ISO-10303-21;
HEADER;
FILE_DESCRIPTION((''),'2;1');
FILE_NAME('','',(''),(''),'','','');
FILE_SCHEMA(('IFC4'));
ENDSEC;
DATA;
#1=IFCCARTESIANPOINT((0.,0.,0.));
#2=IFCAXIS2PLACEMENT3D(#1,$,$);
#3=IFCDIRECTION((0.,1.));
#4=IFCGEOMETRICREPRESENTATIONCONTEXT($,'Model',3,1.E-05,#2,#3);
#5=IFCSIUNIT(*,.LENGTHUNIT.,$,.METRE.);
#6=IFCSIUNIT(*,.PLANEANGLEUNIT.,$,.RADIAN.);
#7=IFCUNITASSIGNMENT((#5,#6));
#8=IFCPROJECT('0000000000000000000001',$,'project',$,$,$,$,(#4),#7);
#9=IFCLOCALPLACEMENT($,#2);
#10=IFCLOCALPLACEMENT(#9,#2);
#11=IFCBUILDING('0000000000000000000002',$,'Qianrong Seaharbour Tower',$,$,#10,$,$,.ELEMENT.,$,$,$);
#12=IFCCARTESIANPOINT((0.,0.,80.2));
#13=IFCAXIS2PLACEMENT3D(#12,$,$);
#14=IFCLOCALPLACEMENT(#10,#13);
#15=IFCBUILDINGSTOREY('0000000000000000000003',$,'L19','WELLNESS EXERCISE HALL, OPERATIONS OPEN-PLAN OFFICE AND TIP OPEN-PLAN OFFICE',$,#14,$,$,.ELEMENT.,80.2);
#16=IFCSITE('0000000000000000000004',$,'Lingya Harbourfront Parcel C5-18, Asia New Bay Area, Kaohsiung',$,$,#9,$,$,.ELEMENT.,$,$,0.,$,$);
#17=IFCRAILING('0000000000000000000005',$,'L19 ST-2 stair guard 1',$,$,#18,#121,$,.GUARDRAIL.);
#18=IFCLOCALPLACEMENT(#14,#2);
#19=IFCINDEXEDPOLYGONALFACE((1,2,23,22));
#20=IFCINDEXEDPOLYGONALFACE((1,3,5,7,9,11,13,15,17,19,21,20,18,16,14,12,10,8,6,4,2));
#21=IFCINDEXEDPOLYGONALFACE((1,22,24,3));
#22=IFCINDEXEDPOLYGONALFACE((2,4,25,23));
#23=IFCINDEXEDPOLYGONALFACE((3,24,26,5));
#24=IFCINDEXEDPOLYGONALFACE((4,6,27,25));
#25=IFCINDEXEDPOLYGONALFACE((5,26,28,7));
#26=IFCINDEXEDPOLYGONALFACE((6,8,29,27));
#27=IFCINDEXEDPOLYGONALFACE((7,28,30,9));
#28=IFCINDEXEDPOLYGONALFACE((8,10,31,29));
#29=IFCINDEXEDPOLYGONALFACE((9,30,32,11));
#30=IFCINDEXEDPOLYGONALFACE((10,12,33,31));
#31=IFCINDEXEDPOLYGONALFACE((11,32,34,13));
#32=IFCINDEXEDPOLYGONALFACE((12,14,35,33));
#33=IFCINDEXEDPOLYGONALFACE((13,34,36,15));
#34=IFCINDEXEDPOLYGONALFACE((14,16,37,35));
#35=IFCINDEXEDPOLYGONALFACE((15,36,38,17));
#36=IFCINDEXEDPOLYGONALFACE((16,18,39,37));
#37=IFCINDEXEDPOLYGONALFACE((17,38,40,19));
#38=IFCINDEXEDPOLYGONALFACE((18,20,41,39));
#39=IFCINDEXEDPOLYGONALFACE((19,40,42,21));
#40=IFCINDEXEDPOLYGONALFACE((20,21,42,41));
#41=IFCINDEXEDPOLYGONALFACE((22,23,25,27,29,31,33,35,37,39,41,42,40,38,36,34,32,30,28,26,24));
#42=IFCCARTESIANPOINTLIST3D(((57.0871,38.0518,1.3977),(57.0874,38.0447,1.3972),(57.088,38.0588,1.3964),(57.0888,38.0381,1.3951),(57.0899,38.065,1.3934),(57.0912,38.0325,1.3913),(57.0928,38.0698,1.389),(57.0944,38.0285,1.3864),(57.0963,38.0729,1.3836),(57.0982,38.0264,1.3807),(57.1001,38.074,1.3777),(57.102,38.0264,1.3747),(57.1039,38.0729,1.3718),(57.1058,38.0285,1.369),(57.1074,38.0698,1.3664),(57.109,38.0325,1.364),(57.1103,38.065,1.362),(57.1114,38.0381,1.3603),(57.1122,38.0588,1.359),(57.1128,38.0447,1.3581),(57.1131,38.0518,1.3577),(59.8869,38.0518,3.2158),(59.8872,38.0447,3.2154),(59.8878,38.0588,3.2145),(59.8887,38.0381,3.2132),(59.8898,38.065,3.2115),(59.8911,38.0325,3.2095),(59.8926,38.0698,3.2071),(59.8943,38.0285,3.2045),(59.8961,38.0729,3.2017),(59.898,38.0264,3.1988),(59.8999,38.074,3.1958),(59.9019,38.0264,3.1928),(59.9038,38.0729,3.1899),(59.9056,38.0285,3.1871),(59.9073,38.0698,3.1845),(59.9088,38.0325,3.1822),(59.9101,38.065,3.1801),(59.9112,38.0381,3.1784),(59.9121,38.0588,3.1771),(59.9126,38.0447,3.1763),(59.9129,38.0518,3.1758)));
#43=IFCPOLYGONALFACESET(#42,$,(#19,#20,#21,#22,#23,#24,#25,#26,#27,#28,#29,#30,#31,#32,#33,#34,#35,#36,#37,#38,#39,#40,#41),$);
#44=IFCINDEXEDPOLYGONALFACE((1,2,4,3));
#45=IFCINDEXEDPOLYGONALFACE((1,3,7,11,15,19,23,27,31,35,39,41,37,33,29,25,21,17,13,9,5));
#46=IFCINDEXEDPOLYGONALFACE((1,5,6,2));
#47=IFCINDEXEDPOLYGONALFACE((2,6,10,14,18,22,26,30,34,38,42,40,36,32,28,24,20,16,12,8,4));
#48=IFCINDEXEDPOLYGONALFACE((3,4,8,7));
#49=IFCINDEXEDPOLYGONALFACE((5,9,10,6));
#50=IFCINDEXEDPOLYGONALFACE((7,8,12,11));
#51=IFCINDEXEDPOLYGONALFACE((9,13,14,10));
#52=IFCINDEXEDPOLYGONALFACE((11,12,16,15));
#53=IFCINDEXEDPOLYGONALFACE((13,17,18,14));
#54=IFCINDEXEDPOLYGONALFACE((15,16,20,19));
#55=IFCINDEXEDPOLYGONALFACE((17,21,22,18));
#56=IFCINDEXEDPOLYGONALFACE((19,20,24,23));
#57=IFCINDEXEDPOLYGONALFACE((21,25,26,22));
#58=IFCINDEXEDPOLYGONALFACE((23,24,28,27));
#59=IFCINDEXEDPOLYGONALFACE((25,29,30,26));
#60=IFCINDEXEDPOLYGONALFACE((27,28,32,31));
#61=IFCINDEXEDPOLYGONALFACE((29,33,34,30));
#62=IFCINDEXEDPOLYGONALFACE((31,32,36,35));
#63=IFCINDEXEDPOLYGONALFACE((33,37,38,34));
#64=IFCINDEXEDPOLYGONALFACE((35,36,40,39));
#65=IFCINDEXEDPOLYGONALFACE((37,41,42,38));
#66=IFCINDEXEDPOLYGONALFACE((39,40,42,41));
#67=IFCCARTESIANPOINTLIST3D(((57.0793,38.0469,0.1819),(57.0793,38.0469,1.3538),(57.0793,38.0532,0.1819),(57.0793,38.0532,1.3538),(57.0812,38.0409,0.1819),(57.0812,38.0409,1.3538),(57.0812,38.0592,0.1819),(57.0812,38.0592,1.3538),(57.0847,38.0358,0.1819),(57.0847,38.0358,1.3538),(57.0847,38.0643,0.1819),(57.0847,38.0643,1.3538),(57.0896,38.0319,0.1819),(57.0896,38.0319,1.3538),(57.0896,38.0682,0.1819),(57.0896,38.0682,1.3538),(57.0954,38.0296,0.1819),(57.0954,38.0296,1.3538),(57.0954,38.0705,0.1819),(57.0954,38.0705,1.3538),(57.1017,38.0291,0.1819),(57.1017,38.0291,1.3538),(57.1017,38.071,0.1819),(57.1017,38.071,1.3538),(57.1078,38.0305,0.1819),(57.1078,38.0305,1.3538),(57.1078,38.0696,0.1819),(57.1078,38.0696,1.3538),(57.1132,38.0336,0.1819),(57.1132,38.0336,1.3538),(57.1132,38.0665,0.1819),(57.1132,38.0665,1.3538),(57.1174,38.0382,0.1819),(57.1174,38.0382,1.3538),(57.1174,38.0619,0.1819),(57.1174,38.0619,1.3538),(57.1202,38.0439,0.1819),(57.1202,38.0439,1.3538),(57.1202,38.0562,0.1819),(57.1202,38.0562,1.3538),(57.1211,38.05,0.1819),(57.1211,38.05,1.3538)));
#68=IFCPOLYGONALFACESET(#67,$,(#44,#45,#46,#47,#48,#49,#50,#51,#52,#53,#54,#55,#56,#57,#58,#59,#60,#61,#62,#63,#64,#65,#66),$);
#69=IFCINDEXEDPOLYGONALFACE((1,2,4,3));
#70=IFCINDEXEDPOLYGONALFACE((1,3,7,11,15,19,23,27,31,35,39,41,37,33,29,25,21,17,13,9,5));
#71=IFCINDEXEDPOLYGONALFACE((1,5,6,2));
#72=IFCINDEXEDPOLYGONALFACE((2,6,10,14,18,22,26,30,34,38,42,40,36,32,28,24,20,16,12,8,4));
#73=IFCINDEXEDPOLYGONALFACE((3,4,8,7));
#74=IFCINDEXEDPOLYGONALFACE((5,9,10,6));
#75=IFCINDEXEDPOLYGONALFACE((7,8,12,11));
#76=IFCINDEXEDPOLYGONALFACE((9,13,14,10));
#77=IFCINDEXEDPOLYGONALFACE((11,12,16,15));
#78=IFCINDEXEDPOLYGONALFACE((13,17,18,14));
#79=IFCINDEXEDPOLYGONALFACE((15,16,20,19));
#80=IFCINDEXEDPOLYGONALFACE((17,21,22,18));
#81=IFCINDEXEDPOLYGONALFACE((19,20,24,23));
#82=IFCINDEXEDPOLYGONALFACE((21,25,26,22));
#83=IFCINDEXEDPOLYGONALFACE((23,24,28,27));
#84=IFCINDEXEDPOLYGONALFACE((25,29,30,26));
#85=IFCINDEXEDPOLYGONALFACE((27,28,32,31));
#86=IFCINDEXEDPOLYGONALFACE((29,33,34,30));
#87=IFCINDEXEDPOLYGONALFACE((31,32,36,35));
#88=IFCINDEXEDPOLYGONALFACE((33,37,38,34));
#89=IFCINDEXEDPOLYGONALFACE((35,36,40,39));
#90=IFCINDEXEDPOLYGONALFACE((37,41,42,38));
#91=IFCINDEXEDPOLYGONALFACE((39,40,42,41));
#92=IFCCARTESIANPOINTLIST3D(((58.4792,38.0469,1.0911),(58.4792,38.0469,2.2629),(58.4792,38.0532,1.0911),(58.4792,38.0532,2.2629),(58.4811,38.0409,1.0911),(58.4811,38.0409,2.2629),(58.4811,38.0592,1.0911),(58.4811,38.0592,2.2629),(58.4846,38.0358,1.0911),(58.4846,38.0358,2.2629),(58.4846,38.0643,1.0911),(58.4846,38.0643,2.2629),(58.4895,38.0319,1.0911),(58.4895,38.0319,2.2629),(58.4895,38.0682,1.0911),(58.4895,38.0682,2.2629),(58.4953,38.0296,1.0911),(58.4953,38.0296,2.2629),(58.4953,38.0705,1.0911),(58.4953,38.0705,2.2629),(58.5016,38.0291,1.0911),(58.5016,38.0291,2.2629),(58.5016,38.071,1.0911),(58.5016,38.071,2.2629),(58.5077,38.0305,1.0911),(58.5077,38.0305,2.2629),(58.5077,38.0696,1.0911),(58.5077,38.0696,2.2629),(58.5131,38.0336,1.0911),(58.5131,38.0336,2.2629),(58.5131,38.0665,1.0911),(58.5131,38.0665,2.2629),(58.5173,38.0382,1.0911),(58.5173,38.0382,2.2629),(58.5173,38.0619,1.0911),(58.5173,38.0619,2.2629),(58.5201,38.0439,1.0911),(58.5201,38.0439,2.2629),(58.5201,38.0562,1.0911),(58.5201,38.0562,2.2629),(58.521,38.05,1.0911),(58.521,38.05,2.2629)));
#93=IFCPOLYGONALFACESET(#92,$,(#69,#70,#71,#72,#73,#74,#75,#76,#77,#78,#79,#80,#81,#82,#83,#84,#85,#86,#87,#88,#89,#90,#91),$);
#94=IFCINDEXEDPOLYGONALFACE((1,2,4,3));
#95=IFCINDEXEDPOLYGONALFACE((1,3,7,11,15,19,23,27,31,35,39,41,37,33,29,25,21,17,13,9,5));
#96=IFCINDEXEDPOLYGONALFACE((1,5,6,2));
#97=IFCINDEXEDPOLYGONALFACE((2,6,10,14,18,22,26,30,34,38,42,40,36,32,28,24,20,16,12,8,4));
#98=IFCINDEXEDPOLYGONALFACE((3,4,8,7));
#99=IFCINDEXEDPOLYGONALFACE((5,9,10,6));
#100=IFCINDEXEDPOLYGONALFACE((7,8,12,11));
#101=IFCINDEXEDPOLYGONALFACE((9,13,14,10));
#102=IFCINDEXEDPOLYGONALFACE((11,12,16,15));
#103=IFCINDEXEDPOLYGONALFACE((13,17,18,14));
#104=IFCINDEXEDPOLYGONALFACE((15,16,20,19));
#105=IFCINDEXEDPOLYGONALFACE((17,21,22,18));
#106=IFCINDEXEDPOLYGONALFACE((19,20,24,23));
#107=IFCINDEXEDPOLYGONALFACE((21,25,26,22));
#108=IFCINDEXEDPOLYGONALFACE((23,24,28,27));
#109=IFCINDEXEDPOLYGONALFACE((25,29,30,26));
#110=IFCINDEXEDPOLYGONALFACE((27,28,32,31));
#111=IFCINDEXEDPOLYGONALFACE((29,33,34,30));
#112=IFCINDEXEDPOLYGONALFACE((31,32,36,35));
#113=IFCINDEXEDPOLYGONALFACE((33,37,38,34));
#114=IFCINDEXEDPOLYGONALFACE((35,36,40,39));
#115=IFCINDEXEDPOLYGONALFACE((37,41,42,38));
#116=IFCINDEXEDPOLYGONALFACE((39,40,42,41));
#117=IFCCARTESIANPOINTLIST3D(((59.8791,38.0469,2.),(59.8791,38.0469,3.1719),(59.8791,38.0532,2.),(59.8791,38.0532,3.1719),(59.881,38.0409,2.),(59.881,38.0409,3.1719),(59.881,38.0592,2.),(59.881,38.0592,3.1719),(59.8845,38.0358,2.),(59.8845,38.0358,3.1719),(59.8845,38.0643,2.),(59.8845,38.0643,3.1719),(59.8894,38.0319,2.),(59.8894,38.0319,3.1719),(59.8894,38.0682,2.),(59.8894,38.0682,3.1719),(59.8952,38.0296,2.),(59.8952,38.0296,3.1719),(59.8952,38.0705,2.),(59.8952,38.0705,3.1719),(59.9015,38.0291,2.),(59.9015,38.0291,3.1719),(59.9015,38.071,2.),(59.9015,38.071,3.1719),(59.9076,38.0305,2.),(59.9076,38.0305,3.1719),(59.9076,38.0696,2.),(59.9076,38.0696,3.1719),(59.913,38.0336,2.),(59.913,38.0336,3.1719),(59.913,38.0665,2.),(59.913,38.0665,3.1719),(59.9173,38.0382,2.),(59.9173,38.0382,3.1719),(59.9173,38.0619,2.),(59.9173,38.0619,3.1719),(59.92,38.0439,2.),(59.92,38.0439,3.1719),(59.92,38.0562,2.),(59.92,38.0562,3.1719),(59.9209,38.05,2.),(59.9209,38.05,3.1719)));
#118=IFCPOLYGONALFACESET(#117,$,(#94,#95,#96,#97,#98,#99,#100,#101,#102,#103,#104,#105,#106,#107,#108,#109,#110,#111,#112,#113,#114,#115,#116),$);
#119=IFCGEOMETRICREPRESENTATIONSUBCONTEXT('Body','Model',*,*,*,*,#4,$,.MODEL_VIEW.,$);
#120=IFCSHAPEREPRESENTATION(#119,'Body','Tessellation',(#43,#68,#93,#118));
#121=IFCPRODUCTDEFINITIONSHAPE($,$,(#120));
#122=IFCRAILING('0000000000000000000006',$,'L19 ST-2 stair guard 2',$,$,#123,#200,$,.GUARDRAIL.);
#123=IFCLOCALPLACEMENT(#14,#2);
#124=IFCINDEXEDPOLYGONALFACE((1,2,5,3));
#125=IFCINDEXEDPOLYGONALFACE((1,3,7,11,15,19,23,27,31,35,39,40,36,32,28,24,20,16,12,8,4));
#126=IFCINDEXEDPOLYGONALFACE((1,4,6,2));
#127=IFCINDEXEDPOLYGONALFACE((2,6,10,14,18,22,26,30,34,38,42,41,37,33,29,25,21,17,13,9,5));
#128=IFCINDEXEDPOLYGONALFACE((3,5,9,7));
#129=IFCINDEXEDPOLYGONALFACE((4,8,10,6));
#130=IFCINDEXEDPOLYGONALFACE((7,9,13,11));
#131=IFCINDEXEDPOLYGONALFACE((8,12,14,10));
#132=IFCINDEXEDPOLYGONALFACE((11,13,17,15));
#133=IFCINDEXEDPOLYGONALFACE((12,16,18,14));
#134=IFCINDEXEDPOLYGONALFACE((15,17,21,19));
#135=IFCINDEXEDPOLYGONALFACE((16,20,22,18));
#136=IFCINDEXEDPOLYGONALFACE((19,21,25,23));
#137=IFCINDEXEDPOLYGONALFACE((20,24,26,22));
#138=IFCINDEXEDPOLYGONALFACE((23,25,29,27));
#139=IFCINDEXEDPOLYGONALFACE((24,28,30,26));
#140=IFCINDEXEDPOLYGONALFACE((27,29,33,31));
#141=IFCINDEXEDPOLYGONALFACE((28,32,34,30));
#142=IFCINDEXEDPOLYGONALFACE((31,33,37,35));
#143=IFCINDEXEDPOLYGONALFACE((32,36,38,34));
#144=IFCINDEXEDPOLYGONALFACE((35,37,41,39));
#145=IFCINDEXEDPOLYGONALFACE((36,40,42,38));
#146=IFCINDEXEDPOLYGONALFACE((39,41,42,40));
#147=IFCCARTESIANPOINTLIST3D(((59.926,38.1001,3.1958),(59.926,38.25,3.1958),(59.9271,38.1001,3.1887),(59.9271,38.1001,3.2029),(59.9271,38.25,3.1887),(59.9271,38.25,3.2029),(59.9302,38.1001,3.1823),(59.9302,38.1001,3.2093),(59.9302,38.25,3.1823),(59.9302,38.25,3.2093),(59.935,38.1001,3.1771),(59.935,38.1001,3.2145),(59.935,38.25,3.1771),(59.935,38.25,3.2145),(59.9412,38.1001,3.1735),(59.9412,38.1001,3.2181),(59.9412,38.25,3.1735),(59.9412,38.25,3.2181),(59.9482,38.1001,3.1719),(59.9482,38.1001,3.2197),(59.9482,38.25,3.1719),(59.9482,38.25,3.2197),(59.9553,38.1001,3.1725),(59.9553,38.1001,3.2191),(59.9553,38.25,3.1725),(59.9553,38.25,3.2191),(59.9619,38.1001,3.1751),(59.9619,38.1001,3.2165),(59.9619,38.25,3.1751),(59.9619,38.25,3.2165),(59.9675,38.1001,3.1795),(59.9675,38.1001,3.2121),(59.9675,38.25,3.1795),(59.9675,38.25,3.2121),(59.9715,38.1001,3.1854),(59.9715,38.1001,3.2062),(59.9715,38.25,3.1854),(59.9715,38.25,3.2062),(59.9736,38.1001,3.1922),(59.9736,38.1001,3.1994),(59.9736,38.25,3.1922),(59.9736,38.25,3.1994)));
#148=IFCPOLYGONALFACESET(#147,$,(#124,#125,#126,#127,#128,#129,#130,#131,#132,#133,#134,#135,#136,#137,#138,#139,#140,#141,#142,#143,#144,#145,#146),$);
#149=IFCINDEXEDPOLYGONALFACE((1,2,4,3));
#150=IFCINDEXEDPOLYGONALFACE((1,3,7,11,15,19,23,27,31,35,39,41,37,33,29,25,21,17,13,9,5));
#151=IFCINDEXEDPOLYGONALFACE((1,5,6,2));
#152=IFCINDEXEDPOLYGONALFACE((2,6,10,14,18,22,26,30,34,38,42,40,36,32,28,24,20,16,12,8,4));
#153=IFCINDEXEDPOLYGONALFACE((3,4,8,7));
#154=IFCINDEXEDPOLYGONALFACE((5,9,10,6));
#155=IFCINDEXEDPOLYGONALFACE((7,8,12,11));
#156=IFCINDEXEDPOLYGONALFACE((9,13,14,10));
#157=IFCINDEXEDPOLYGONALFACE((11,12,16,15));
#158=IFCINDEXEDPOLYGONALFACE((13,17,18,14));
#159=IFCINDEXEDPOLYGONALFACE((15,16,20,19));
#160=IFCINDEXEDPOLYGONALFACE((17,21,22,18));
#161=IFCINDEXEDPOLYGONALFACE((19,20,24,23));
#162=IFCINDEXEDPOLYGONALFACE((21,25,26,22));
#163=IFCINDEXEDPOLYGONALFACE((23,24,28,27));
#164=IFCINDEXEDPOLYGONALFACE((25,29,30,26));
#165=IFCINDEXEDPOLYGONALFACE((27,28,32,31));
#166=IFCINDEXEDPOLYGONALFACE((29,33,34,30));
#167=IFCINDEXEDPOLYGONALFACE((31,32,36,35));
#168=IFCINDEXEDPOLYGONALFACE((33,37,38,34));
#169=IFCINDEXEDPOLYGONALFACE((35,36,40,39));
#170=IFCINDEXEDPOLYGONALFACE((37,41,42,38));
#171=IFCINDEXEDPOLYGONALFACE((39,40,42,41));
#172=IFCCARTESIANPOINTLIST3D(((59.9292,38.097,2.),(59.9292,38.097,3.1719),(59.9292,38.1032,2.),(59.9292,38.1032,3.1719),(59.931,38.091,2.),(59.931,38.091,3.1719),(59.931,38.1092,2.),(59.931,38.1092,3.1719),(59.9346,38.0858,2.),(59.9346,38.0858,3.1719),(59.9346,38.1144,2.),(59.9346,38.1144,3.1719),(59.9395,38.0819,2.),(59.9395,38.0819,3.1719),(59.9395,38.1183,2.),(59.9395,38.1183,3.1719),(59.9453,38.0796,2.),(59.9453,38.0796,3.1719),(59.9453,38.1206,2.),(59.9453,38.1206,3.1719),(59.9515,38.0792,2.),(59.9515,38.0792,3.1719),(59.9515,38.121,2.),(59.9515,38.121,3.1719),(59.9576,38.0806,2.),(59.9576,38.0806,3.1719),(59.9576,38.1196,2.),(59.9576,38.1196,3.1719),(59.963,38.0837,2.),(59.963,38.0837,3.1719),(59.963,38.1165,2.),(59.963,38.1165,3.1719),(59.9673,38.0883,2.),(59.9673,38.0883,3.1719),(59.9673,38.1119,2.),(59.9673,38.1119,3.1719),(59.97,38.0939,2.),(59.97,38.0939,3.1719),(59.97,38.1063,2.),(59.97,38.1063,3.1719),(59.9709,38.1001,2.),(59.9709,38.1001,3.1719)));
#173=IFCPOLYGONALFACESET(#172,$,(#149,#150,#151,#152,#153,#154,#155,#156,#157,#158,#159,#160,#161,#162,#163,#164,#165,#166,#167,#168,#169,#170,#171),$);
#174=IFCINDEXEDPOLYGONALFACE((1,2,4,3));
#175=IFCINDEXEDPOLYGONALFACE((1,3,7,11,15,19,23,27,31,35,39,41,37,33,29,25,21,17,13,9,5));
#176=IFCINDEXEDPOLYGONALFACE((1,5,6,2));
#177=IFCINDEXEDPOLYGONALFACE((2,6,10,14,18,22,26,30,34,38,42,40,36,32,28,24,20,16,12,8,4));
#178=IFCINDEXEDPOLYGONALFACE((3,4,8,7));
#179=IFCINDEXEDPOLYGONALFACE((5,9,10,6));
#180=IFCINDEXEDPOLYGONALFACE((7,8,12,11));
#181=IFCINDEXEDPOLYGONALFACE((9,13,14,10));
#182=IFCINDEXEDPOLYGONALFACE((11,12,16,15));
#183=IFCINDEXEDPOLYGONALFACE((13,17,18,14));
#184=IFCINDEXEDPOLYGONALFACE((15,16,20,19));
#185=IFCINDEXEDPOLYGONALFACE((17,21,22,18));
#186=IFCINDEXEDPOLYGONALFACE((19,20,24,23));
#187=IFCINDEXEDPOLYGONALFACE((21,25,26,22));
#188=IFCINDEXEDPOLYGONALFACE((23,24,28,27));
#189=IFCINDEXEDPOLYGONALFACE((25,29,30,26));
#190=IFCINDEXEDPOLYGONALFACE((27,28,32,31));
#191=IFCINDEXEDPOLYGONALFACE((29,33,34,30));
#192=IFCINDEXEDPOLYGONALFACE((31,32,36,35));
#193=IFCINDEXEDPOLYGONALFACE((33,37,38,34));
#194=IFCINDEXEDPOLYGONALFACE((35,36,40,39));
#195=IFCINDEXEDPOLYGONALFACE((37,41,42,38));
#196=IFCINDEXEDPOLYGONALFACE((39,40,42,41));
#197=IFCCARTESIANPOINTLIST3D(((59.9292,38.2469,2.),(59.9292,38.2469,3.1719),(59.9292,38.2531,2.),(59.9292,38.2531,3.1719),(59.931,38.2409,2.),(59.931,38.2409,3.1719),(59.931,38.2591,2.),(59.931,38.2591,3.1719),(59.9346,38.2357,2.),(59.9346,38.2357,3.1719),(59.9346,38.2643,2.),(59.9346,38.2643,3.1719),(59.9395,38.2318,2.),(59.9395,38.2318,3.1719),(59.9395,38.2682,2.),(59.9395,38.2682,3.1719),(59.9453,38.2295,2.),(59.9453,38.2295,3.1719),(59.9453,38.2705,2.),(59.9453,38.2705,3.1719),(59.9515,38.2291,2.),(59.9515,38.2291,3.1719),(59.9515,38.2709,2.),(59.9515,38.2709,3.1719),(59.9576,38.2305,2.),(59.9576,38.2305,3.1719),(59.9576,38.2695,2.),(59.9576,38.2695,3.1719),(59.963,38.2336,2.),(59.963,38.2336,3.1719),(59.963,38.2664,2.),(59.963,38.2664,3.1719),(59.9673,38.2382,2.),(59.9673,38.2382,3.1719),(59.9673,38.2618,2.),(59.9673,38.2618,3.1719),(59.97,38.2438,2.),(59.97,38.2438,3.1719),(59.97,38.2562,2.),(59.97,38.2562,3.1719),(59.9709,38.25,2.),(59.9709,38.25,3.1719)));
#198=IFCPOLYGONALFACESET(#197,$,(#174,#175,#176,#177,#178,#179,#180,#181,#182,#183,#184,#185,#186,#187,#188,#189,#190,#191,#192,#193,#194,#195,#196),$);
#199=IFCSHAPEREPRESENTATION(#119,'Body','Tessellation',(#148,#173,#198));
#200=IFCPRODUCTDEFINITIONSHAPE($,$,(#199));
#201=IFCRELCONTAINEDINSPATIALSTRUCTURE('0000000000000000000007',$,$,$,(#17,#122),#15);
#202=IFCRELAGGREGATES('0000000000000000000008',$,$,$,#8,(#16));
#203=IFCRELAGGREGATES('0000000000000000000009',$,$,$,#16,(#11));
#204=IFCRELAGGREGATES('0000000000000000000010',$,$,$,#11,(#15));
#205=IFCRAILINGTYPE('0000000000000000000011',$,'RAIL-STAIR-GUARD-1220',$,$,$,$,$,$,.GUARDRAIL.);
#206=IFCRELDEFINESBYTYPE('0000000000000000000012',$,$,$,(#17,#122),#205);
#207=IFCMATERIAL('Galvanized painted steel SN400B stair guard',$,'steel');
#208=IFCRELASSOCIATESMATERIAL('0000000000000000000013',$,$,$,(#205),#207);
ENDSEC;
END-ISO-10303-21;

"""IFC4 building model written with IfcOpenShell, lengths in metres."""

from ifc_helpers import new_model, si_unit, direction, frame, origin, origin_2d, place, context, subcontext, project, spatial, circle, extrude, material, type_object, element, save


model = new_model("IFC4")

# Units and contexts
model_context = context("Model", 3, precision=1e-05, world=origin(), true_north=direction((0.0, 1.0)))
body_context = subcontext(model_context, "Body", "Model", "MODEL_VIEW")
ifc_project = project(units=[si_unit("LENGTHUNIT", "METRE"), si_unit("PLANEANGLEUNIT", "RADIAN")], contexts=[model_context])

# Site, building, storey
site_placement = place(None, origin())
site = spatial("IfcSite", under=ifc_project, at=site_placement, Name="Lingya Harbourfront Parcel C5-18, Asia New Bay Area, Kaohsiung", CompositionType="ELEMENT", RefElevation=0.0)
building_placement = place(site_placement, origin())
building = spatial("IfcBuilding", under=site, at=building_placement, Name="Qianrong Seaharbour Tower", CompositionType="ELEMENT")
storey_placement = place(building_placement, frame((0.0, 0.0, 80.2)))
storey = spatial("IfcBuildingStorey", under=building, at=storey_placement, Name="L19", Description="WELLNESS EXERCISE HALL, OPERATIONS OPEN-PLAN OFFICE AND TIP OPEN-PLAN OFFICE", CompositionType="ELEMENT", Elevation=80.2)

# Railings
ifc_material_1 = material(Name="Galvanized painted steel SN400B stair guard", Category="steel")
railing_type_1 = type_object("IfcRailingType", Name="RAIL-STAIR-GUARD-1220", PredefinedType="GUARDRAIL", material=ifc_material_1)
railing_1_placement = place(storey_placement, frame((57.1001, 38.05, 0.1819)))
element("IfcRailing", 1, at=railing_1_placement, inside=storey, type_object=railing_type_1, Name="L19 ST-2 stair guard 1", PredefinedType="GUARDRAIL", context=body_context, shape_type="SweptSolid", body=[
    extrude(circle(Radius=0.0239, at=origin_2d()), frame((0.0, 0.0, 1.1958), z_axis=(0.838684, 0.0, 0.544618), x_axis=(0.0, 1.0, 0.0)), (0.0, 0.0, 1.0), 3.3384),
    extrude(circle(Radius=0.021, at=origin_2d()), origin(), (0.0, 0.0, 1.0), 1.1719),
    extrude(circle(Radius=0.021, at=origin_2d()), frame((1.3999, 0.0, 0.9092)), (0.0, 0.0, 1.0), 1.1719),
    extrude(circle(Radius=0.021, at=origin_2d()), frame((2.7998, 0.0, 1.8181)), (0.0, 0.0, 1.0), 1.1719),
])
railing_2_placement = place(storey_placement, frame((59.95, 38.1001, 2.0)))
element("IfcRailing", 2, at=railing_2_placement, inside=storey, type_object=railing_type_1, Name="L19 ST-2 stair guard 2", PredefinedType="GUARDRAIL", context=body_context, shape_type="SweptSolid", body=[
    extrude(circle(Radius=0.0239, at=origin_2d()), frame((0.0, 0.0, 1.1958), z_axis=(0.0, 1.0, 0.0), x_axis=(-1.0, 0.0, 0.0)), (0.0, 0.0, 1.0), 0.1499),
    extrude(circle(Radius=0.021, at=origin_2d()), origin(), (0.0, 0.0, 1.0), 1.1719),
    extrude(circle(Radius=0.021, at=origin_2d()), frame((0.0, 0.1499, 0.0)), (0.0, 0.0, 1.0), 1.1719),
])

save(model, "model.ifc")
